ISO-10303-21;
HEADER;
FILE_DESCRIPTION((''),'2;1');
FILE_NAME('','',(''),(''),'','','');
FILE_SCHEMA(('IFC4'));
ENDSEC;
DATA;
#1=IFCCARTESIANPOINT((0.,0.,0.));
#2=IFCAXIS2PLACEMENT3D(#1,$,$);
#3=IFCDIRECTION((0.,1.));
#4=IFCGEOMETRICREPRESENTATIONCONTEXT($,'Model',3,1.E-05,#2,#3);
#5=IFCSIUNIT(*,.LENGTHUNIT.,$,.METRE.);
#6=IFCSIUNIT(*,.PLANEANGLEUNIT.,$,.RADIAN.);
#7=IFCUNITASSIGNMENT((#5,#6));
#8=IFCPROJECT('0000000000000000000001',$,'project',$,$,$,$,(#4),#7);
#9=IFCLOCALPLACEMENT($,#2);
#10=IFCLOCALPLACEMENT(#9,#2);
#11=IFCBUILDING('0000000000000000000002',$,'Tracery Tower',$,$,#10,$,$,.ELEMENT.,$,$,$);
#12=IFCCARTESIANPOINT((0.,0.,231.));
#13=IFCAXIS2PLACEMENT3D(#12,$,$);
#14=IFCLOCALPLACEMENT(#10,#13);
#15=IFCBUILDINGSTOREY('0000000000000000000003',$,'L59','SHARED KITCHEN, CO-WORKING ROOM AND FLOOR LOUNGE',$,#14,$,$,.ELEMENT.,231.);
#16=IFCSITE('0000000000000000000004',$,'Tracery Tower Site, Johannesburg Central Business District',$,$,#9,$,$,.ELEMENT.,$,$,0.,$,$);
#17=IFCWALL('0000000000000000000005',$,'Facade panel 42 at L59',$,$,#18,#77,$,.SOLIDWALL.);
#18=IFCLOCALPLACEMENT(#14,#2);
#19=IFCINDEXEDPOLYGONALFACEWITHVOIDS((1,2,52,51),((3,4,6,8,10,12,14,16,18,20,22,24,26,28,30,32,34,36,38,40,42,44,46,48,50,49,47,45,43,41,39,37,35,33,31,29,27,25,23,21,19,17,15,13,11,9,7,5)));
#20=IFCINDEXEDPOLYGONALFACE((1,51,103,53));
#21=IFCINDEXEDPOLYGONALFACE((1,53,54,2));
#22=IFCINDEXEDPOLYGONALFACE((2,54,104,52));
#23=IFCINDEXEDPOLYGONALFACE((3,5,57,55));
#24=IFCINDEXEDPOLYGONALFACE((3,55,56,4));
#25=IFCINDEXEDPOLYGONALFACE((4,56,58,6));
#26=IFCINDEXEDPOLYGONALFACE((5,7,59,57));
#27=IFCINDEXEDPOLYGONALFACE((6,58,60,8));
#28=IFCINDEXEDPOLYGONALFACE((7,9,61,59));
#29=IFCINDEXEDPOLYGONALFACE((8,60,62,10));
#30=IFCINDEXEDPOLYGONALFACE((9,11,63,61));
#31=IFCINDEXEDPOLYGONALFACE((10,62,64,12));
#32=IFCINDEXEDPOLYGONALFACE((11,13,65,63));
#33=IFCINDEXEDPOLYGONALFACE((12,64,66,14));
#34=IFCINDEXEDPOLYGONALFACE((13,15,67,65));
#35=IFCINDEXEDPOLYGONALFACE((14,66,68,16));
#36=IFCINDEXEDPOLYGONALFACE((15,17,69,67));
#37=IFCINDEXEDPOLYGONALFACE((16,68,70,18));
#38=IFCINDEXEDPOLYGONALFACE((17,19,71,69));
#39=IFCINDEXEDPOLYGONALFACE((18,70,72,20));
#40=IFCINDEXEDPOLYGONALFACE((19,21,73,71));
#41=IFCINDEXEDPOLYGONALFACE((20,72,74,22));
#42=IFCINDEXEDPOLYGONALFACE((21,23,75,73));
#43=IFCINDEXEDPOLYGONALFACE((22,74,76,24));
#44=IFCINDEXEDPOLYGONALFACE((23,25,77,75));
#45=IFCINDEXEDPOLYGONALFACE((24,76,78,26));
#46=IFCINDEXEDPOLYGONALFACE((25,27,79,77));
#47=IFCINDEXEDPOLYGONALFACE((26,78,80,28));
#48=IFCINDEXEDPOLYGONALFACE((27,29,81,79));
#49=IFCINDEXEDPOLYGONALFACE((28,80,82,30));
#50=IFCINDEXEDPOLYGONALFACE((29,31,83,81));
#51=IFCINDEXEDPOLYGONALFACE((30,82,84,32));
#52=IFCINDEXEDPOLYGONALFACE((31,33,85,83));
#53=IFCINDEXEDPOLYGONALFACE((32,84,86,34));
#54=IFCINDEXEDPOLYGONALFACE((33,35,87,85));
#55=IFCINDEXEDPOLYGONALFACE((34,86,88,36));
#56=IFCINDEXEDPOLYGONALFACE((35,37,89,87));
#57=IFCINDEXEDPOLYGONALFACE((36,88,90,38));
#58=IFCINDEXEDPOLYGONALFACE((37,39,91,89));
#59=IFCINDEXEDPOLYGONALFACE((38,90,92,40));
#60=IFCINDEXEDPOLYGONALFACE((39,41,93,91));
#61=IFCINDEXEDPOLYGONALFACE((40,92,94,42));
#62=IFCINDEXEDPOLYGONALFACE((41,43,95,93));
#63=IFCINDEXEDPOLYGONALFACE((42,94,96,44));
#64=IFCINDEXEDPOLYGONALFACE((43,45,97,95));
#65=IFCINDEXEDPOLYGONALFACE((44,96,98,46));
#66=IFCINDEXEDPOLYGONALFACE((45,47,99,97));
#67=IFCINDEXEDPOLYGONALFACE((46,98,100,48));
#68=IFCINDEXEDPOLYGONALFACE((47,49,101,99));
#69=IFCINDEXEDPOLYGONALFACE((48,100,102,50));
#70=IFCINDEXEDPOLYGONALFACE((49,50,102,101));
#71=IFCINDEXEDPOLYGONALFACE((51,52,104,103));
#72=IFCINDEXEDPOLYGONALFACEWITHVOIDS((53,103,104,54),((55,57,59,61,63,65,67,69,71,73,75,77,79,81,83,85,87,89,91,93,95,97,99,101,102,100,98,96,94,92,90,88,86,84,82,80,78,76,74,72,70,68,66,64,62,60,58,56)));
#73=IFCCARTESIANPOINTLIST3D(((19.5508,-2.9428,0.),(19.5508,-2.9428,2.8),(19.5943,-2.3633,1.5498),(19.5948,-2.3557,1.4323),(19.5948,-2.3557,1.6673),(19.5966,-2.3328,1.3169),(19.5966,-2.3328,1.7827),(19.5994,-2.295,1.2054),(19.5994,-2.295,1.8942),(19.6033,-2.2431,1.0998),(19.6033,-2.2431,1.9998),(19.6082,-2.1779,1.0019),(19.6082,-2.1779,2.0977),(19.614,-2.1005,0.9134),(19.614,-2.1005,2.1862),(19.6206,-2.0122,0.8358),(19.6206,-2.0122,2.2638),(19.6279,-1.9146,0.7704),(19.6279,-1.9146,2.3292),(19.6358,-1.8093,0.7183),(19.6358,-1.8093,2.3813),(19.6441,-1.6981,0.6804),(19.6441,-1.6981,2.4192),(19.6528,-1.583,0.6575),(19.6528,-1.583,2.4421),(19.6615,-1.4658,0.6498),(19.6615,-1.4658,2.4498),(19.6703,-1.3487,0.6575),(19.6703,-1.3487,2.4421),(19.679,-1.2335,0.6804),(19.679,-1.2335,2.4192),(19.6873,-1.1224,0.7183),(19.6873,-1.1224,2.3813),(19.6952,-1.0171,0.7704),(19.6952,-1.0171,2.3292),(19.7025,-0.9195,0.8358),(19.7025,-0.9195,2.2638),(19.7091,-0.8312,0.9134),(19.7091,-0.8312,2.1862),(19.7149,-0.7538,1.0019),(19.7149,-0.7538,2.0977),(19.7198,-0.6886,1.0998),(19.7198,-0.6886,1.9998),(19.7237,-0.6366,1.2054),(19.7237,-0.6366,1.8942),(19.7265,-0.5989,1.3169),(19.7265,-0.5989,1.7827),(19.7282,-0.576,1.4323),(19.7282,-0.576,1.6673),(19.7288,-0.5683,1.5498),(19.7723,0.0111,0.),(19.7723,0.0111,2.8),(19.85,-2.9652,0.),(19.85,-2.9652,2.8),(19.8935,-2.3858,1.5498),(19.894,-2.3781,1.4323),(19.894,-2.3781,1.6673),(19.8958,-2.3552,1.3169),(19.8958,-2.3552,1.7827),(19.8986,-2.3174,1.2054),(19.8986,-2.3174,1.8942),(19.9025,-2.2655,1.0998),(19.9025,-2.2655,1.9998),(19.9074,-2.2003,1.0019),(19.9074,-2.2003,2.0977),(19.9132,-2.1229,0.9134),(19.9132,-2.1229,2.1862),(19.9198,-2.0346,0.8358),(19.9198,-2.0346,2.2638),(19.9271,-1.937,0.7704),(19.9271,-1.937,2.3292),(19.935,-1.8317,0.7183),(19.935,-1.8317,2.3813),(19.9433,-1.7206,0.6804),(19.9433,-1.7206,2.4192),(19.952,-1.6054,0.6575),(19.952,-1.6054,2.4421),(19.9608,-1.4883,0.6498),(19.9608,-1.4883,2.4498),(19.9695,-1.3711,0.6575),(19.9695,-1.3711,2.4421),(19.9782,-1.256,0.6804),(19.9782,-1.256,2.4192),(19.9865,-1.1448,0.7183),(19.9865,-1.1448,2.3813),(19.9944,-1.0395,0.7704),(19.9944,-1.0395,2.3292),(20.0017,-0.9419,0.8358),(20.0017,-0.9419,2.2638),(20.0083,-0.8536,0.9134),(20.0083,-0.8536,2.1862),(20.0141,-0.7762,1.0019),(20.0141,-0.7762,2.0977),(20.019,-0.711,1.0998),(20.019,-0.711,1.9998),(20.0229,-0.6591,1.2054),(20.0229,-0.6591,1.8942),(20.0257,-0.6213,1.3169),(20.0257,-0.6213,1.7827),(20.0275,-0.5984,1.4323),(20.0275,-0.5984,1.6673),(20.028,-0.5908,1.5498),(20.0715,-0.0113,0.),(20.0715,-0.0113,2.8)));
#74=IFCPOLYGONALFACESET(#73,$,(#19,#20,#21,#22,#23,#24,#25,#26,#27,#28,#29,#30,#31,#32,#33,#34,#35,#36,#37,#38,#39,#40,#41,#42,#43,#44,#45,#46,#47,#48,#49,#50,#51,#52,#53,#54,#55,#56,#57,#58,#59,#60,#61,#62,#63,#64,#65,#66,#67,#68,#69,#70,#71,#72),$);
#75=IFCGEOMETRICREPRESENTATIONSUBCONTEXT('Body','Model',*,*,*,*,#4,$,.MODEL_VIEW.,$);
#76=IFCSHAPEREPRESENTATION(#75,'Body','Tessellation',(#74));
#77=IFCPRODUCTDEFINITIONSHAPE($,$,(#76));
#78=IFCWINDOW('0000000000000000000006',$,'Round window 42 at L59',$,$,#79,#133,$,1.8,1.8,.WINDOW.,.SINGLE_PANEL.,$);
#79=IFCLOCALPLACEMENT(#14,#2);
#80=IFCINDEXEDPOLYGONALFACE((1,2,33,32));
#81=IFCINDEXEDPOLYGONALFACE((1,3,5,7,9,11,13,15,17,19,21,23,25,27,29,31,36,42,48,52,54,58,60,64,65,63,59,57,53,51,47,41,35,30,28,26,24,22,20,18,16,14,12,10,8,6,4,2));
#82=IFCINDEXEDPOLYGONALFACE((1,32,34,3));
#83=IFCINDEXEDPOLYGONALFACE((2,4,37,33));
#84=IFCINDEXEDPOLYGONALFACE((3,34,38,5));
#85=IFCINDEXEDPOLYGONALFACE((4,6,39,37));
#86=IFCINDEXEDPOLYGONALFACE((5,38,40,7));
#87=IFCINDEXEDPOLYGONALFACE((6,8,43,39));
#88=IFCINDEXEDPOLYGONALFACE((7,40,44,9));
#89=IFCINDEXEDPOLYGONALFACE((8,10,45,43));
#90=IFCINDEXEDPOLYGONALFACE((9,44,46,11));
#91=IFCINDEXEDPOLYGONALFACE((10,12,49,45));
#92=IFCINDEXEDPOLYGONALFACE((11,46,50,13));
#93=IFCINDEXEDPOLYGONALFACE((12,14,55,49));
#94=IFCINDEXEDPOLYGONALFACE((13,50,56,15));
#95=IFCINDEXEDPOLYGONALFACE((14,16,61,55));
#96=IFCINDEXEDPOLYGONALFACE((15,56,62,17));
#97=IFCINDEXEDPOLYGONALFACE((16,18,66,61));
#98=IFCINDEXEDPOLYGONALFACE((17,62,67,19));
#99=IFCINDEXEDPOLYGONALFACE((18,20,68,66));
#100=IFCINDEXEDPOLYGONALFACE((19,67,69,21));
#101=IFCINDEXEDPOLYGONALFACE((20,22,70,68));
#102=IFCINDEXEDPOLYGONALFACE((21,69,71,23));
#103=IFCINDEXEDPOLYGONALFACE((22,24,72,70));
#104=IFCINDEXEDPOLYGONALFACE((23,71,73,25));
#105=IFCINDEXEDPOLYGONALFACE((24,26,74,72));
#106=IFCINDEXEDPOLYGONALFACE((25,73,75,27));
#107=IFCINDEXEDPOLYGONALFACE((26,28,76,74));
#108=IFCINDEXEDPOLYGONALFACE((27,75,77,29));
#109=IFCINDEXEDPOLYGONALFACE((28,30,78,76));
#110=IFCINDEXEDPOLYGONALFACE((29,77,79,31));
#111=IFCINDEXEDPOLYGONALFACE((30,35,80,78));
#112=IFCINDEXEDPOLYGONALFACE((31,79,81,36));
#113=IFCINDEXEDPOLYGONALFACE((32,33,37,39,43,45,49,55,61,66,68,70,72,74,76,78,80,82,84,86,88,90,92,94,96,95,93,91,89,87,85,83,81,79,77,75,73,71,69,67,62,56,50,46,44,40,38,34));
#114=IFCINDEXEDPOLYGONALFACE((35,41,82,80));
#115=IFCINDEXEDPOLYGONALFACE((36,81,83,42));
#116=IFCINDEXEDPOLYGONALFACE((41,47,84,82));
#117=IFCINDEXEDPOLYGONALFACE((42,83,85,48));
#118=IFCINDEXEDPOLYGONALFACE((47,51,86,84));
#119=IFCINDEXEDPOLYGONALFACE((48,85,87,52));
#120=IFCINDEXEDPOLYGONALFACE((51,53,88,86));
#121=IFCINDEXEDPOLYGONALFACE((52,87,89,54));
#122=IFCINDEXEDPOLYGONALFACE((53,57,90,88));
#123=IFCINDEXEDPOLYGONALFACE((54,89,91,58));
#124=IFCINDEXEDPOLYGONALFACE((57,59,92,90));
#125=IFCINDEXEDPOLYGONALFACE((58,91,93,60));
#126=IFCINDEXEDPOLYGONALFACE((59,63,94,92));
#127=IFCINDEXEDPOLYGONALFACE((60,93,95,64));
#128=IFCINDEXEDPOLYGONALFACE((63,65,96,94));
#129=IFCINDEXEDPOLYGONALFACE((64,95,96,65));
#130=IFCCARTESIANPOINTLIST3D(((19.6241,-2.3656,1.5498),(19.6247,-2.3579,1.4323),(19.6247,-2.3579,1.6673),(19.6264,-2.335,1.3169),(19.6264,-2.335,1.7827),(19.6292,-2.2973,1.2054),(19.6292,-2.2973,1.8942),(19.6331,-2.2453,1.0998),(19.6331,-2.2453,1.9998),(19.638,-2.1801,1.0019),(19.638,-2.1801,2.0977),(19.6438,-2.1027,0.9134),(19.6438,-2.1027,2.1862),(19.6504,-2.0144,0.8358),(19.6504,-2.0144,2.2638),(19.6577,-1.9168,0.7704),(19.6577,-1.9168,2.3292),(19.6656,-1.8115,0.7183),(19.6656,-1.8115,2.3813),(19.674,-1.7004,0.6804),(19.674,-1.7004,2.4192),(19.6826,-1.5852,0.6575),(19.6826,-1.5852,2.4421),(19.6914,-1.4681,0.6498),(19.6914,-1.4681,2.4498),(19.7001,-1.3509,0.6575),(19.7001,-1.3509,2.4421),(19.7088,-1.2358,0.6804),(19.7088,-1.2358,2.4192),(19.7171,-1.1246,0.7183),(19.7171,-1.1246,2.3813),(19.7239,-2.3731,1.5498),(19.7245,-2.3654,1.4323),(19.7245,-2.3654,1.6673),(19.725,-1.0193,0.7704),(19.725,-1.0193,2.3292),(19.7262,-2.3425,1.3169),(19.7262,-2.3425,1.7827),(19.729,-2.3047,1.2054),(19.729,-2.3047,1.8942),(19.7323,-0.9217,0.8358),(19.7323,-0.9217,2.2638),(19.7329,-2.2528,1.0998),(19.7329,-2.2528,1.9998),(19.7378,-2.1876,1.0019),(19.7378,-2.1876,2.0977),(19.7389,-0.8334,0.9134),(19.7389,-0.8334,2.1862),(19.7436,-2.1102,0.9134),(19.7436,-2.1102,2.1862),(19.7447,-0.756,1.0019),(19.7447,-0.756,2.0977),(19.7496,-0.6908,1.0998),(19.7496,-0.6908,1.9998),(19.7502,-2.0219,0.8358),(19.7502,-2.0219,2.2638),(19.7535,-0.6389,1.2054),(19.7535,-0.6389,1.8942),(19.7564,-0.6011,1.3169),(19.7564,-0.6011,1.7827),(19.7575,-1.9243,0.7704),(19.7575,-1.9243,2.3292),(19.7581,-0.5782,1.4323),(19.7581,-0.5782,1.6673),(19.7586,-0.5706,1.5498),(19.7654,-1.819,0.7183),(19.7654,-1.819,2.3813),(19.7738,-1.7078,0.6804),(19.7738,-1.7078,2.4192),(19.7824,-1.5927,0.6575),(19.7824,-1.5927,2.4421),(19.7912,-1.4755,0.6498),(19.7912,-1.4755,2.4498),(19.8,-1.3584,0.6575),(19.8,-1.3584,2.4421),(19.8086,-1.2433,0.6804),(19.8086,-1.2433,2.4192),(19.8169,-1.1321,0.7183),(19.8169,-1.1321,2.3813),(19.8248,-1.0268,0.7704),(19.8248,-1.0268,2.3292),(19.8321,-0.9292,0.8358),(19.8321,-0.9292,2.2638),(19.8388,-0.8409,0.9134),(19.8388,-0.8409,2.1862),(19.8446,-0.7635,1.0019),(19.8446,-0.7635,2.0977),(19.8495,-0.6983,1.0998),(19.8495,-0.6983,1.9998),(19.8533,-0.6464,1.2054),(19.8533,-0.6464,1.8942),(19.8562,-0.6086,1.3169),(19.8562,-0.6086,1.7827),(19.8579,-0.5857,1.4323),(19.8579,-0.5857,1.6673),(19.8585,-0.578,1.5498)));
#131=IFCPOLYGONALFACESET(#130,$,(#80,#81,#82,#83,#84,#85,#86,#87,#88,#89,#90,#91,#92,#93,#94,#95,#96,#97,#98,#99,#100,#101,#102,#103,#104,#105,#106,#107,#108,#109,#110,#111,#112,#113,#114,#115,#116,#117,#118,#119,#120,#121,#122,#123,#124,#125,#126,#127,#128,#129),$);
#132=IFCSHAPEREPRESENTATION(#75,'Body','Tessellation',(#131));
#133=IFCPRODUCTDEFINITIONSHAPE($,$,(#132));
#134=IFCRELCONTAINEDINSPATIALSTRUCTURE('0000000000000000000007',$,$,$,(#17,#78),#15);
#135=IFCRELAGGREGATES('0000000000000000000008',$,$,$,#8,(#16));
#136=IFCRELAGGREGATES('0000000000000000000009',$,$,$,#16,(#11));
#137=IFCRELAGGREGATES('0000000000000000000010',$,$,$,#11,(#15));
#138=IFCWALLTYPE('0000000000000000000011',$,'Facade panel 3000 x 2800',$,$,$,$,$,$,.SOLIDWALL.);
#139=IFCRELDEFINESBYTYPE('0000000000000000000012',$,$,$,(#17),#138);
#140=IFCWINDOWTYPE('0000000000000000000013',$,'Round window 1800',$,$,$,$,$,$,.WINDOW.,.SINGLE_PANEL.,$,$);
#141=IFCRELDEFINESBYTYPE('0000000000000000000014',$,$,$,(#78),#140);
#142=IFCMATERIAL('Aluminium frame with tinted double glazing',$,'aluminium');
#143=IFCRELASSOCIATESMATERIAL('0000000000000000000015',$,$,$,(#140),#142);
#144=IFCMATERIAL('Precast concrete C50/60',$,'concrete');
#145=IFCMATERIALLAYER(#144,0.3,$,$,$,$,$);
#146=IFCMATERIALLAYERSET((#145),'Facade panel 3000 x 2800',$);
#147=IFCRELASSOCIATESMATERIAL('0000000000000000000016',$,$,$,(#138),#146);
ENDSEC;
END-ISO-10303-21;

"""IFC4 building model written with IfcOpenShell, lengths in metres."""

from ifc_helpers import new_model, si_unit, direction, frame, frame_2d, origin, origin_2d, place, context, subcontext, project, spatial, rectangle, circle, extrude, material, layer, layer_set, type_object, element, fill, save


model = new_model("IFC4")

# Units and contexts
model_context = context("Model", 3, precision=1e-05, world=origin(), true_north=direction((0.0, 1.0)))
body_context = subcontext(model_context, "Body", "Model", "MODEL_VIEW")
ifc_project = project(units=[si_unit("LENGTHUNIT", "METRE"), si_unit("PLANEANGLEUNIT", "RADIAN")], contexts=[model_context])

# Site, building, storey
site_placement = place(None, origin())
site = spatial("IfcSite", under=ifc_project, at=site_placement, Name="Tracery Tower Site, Johannesburg Central Business District", CompositionType="ELEMENT", RefElevation=0.0)
building_placement = place(site_placement, origin())
building = spatial("IfcBuilding", under=site, at=building_placement, Name="Tracery Tower", CompositionType="ELEMENT")
storey_placement = place(building_placement, frame((0.0, 0.0, 231.0)))
storey = spatial("IfcBuildingStorey", under=building, at=storey_placement, Name="L59", Description="SHARED KITCHEN, CO-WORKING ROOM AND FLOOR LOUNGE", CompositionType="ELEMENT", Elevation=231.0)

# Wall, opening, window
ifc_material_1 = material(Name="Aluminium frame with tinted double glazing", Category="aluminium")
window_type = type_object("IfcWindowType", Name="Round window 1800", PartitioningType="SINGLE_PANEL", PredefinedType="WINDOW", material=ifc_material_1)
ifc_material_2 = material(Name="Precast concrete C50/60", Category="concrete")
ifc_layer_1 = layer(ifc_material_2, 0.3)
ifc_layer_set_1 = layer_set([ifc_layer_1], Name="Facade panel 3000 x 2800")
wall_type_1 = type_object("IfcWallType", Name="Facade panel 3000 x 2800", PredefinedType="SOLIDWALL", material=ifc_layer_set_1)
wall_1_placement = place(storey_placement, frame((19.7004, -2.9539, 0.0), z_axis=(0.0, 0.0, 1.0), x_axis=(0.074755, 0.997202, 0.0)))
wall_1 = element("IfcWall", 1, at=wall_1_placement, inside=storey, type_object=wall_type_1, Name="Facade panel 42 at L59", PredefinedType="SOLIDWALL", context=body_context, shape_type="SweptSolid", body=[
    extrude(rectangle(XDim=2.9622, YDim=0.3, at=frame_2d((1.481, 0.0))), origin(), (0.0, 0.0, 1.0), 2.8),
])
opening_1_placement = place(wall_1_placement, frame((1.481, 0.0, 1.5498)))
opening_1 = element("IfcOpeningElement", 2, at=opening_1_placement, cuts=wall_1, PredefinedType="OPENING", context=body_context, shape_type="SweptSolid", body=[
    extrude(circle(Radius=0.9, at=origin_2d()), frame((0.0, 0.1599, 0.0), z_axis=(0.0, -1.0, 0.0), x_axis=(1.0, 0.0, 0.0)), (0.0, 0.0, 1.0), 0.3201),
])
window_1_placement = place(opening_1_placement, origin())
window_1 = element("IfcWindow", 3, at=window_1_placement, inside=storey, type_object=window_type, Name="Round window 42 at L59", OverallHeight=1.8, OverallWidth=1.8, PartitioningType="SINGLE_PANEL", PredefinedType="WINDOW", context=body_context, shape_type="SweptSolid", body=[
    extrude(circle(Radius=0.9, at=origin_2d()), frame((0.0, 0.1201, 0.0), z_axis=(0.0, -1.0, 0.0), x_axis=(1.0, 0.0, 0.0)), (0.0, 0.0, 1.0), 0.1001),
])
fill(opening_1, window_1)

save(model, "model.ifc")
